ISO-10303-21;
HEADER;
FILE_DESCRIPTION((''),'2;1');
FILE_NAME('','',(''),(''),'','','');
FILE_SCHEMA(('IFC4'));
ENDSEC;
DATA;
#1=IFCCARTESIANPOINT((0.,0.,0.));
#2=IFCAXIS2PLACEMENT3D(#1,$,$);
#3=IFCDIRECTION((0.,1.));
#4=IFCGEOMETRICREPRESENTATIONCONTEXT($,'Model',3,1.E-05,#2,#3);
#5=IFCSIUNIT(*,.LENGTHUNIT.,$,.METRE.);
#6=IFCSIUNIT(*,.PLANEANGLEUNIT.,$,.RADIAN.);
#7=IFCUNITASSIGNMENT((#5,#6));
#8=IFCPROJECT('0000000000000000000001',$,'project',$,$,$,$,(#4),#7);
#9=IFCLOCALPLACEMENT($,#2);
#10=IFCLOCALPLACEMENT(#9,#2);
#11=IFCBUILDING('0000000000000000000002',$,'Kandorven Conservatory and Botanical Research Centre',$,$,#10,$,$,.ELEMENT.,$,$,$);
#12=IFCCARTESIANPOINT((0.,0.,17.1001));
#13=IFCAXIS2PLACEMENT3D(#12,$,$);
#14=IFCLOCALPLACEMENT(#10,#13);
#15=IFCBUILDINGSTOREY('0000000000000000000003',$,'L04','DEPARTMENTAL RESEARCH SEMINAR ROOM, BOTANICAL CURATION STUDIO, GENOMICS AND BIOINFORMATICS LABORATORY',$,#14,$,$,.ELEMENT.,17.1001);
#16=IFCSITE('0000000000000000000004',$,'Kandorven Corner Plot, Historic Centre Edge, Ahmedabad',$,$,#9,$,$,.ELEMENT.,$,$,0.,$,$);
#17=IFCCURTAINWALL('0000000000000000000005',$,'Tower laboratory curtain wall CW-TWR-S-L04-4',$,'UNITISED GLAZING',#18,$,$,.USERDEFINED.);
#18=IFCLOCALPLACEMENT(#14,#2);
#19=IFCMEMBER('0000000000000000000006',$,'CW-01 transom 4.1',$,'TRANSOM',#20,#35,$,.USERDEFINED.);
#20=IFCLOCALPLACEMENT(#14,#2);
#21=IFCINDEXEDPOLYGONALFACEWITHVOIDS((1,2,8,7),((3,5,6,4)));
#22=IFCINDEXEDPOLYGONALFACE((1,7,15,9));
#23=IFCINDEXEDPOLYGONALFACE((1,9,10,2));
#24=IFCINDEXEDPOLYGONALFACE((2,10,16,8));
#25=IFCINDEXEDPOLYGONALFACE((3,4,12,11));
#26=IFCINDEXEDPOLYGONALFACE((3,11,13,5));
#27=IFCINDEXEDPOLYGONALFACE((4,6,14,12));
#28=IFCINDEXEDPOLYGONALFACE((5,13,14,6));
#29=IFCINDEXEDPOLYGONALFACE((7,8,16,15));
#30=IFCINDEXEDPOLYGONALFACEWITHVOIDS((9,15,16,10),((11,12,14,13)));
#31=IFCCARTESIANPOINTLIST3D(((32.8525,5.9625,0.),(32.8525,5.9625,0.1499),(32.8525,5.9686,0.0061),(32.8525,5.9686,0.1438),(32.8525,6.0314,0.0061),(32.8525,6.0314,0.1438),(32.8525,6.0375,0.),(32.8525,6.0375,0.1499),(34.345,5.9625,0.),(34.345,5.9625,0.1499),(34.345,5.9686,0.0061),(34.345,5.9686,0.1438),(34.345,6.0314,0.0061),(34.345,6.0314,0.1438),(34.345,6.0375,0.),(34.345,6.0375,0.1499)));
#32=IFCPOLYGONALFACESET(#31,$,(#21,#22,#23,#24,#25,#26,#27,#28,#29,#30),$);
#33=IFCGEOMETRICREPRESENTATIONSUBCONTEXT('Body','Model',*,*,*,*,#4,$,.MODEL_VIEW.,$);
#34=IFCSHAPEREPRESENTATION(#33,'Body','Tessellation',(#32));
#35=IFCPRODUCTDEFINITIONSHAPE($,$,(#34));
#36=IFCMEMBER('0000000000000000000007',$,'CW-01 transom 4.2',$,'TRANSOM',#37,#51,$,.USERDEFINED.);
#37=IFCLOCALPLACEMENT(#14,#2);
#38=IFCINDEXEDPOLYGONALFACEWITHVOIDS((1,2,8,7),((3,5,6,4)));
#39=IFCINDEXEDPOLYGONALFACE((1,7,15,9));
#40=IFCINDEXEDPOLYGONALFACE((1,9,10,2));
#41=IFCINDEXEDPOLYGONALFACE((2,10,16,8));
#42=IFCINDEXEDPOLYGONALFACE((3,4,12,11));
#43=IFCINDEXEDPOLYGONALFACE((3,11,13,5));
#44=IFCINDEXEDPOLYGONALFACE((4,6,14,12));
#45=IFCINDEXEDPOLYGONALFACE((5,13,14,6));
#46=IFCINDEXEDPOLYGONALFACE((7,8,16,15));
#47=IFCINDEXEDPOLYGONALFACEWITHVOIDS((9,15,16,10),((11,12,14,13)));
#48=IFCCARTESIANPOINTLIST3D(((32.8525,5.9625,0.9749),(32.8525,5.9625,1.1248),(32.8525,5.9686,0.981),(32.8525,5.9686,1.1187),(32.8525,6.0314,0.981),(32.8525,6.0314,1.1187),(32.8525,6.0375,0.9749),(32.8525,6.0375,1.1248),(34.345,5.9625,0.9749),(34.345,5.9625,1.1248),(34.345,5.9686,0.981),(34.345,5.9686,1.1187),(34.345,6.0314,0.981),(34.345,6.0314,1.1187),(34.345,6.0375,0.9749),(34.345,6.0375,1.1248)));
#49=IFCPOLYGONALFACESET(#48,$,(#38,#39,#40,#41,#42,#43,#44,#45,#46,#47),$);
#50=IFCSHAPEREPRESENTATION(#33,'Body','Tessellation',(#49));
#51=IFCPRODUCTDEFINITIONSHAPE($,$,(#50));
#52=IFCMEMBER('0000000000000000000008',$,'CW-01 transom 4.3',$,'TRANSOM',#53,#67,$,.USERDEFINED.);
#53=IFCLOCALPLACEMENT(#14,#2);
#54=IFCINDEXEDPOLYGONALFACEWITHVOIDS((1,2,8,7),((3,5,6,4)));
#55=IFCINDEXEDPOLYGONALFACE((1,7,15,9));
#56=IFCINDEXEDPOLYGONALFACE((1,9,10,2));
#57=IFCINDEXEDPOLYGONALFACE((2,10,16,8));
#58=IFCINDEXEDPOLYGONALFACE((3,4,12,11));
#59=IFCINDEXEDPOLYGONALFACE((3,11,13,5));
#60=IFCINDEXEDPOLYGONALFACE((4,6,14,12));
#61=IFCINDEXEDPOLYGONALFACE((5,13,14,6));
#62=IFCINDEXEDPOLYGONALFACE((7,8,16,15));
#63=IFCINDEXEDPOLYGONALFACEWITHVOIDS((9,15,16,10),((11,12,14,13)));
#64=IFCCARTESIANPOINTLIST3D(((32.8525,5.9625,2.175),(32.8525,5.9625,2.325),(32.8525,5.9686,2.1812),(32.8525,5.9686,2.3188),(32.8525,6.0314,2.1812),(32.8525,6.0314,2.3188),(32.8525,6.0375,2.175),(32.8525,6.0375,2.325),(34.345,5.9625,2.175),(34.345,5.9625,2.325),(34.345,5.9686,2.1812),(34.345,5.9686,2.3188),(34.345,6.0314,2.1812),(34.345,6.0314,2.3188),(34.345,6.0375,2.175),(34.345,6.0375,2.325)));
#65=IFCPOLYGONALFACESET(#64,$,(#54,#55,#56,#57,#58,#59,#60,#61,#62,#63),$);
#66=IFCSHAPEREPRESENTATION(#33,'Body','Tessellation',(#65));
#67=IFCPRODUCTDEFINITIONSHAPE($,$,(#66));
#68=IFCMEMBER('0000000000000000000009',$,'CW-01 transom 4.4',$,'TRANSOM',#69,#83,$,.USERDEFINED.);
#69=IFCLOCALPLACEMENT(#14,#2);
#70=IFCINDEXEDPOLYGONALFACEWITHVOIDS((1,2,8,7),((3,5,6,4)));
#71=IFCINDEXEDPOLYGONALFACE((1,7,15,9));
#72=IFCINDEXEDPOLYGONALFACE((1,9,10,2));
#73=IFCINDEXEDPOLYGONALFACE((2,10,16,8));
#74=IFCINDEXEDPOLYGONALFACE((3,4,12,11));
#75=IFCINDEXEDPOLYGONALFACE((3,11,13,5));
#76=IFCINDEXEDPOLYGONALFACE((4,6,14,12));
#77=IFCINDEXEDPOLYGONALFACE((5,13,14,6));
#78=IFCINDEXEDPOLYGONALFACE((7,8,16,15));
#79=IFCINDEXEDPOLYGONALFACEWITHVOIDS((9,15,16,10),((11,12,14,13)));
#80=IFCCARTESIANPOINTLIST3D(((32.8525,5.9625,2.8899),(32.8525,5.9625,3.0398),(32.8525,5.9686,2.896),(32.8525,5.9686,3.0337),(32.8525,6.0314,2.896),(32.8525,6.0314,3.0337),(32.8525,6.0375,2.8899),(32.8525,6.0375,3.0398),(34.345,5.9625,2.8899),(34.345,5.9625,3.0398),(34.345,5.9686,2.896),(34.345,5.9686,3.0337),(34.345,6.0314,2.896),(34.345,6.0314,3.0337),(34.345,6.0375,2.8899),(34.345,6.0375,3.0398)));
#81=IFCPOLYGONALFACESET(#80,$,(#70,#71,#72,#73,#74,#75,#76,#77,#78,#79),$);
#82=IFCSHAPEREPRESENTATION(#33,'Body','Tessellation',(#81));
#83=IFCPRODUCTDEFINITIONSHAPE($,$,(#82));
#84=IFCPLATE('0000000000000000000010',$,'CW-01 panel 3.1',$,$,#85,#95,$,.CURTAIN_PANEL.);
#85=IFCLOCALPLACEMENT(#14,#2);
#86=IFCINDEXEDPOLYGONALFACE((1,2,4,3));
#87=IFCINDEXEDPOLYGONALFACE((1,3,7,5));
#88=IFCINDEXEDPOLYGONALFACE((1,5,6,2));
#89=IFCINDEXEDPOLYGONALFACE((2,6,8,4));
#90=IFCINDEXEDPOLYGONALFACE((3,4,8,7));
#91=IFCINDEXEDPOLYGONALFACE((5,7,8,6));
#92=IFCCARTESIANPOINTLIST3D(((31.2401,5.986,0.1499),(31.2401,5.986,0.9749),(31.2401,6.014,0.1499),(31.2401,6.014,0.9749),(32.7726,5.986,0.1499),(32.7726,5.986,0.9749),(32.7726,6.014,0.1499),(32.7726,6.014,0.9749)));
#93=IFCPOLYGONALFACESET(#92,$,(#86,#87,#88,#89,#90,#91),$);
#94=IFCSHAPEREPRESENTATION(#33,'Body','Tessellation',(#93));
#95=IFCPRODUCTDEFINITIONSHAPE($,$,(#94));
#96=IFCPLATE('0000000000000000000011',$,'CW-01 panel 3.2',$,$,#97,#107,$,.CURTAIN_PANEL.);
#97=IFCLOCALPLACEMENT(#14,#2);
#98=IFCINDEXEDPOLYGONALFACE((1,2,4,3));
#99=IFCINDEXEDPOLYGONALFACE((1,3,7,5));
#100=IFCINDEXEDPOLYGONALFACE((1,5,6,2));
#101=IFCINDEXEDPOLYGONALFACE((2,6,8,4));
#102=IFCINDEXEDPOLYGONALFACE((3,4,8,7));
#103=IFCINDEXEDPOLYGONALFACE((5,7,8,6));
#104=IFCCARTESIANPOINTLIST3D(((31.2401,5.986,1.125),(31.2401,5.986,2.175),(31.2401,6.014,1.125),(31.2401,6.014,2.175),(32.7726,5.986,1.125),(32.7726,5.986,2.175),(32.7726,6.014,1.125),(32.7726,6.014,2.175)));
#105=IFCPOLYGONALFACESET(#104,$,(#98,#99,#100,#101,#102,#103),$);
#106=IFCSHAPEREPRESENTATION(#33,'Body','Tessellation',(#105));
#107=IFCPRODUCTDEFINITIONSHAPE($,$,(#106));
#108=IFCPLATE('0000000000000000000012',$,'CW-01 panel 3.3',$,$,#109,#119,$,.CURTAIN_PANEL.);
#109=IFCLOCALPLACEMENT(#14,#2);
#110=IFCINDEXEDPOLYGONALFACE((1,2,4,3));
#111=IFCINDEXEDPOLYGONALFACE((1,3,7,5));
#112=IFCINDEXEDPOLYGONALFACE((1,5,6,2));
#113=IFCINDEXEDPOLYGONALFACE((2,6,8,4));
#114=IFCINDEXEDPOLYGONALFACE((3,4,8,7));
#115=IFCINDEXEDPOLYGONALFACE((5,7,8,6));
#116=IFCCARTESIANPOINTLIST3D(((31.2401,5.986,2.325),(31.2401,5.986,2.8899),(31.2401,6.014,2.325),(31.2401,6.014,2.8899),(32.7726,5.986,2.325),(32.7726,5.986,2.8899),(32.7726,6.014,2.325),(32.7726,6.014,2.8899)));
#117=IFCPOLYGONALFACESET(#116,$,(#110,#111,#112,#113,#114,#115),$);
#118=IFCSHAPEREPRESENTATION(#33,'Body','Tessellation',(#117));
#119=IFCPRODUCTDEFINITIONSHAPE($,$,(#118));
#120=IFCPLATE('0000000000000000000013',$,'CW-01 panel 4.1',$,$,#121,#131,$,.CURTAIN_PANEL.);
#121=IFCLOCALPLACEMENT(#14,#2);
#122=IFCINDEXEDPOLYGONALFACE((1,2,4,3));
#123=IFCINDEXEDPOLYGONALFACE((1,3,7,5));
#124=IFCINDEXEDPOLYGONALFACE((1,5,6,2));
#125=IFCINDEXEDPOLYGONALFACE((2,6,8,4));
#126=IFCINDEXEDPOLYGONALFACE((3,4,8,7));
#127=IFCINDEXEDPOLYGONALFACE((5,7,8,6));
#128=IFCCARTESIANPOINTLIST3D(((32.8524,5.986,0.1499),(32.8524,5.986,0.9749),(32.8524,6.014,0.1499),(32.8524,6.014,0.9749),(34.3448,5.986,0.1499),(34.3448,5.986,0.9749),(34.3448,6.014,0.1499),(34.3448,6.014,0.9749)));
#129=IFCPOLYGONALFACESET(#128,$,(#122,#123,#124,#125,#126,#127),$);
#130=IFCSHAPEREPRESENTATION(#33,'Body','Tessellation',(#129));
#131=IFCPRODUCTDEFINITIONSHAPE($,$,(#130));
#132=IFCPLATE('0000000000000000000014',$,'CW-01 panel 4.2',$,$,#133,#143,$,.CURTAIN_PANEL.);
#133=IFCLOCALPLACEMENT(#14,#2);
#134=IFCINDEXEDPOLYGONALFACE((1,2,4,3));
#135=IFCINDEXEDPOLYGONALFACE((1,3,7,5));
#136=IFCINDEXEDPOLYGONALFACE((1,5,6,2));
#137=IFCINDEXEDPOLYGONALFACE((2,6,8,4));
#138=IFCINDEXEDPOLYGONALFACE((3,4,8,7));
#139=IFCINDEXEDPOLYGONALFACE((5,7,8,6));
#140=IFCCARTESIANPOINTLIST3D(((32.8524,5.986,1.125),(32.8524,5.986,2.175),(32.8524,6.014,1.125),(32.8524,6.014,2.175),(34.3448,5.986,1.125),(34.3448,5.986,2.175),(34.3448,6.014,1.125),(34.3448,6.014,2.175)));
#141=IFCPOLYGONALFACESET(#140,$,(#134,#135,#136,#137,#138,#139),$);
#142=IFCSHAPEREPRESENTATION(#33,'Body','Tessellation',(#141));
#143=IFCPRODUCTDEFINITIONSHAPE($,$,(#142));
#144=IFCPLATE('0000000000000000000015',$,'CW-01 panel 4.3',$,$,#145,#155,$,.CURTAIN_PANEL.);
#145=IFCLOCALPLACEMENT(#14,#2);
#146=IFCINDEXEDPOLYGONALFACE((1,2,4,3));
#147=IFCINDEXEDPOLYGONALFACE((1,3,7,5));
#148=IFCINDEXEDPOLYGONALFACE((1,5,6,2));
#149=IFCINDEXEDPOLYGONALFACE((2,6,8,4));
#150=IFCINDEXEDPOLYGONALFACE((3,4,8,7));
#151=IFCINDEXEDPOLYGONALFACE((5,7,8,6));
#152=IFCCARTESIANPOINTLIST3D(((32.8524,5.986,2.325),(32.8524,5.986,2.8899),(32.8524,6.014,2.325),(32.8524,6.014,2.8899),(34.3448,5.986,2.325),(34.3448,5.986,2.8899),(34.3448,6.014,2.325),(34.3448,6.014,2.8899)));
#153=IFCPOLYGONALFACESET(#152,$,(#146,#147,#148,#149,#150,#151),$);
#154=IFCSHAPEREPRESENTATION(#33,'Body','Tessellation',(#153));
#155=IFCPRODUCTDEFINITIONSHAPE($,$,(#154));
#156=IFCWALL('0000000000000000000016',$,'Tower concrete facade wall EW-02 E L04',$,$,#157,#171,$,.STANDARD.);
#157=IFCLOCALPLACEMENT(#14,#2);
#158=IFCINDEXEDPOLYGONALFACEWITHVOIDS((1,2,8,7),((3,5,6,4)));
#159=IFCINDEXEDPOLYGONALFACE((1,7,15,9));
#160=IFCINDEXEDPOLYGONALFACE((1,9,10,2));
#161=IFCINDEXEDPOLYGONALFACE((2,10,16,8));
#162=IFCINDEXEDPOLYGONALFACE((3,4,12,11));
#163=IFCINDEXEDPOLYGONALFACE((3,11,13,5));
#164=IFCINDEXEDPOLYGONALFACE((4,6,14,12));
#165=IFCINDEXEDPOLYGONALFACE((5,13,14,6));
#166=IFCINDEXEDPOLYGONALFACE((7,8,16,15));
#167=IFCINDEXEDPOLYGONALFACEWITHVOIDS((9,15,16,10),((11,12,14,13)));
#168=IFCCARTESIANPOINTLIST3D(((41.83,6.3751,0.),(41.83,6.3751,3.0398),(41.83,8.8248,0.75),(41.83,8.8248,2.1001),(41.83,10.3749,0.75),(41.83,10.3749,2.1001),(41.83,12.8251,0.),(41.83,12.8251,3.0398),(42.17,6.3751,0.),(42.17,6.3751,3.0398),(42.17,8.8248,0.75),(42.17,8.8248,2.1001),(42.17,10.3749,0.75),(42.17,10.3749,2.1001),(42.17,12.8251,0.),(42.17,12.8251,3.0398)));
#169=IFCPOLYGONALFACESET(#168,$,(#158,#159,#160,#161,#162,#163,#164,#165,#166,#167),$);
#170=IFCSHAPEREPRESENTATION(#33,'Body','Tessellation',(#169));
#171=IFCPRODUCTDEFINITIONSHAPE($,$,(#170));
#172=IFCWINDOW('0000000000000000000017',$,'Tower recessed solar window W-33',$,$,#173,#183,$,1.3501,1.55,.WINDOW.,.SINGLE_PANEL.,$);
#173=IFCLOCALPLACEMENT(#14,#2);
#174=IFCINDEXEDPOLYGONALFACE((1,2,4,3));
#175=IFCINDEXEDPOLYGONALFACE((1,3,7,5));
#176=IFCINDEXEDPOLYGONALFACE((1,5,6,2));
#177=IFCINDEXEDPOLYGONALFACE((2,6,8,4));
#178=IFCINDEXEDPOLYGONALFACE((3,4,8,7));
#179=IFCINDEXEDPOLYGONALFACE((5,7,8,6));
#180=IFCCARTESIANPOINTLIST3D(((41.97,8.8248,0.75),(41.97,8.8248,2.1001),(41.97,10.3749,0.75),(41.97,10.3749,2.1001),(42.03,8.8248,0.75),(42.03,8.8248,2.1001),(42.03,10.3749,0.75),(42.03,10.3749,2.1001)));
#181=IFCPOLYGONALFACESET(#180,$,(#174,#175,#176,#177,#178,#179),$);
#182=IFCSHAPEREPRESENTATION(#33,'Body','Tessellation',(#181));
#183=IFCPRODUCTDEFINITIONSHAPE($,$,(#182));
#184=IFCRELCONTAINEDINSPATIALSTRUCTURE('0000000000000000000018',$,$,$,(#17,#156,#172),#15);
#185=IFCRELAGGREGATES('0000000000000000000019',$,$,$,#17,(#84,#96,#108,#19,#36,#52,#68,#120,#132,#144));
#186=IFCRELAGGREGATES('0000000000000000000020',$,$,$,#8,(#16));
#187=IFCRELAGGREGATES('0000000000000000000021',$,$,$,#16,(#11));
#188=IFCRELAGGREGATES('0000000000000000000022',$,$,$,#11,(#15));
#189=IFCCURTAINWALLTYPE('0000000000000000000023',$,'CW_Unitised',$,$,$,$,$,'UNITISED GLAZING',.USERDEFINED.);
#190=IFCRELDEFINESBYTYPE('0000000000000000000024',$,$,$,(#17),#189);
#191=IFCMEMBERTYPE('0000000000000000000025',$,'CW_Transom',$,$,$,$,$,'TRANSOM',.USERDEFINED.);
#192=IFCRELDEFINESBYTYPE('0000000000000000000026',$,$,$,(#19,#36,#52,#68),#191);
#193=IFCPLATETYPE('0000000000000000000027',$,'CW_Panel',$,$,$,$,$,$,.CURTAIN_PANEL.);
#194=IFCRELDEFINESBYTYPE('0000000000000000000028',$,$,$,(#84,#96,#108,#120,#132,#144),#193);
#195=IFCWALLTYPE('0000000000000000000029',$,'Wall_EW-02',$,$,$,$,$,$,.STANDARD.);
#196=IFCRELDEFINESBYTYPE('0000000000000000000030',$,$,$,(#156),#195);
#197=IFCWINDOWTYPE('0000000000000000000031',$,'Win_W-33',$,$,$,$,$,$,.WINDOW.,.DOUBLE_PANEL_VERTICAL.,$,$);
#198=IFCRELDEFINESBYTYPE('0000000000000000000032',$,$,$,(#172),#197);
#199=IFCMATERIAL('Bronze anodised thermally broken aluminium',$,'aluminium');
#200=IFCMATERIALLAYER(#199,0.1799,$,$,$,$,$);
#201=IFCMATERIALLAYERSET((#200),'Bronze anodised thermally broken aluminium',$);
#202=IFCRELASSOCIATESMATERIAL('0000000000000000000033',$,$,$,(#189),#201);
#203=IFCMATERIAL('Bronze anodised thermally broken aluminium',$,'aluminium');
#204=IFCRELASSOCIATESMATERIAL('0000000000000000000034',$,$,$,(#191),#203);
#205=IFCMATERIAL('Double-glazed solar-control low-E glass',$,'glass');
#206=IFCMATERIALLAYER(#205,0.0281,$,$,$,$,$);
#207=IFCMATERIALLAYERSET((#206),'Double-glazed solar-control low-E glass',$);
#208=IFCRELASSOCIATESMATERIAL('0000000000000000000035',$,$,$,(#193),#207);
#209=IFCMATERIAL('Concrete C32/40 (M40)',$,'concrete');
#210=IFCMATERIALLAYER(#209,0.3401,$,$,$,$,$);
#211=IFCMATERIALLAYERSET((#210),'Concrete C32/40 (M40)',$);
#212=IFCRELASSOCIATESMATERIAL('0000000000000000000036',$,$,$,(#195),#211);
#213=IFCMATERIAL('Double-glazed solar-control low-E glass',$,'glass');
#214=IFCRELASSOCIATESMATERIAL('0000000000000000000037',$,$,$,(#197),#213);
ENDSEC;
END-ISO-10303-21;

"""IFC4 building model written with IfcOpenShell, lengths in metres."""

from ifc_helpers import new_model, si_unit, direction, frame, frame_2d, origin, origin_2d, place, context, subcontext, project, spatial, rectangle, hollow_rectangle, extrude, material, layer, layer_set, material_profile, profile_set, type_object, element, fill, aggregate, save


model = new_model("IFC4")

# Units and contexts
model_context = context("Model", 3, precision=1e-05, world=origin(), true_north=direction((0.0, 1.0)))
body_context = subcontext(model_context, "Body", "Model", "MODEL_VIEW")
ifc_project = project(units=[si_unit("LENGTHUNIT", "METRE"), si_unit("PLANEANGLEUNIT", "RADIAN")], contexts=[model_context])

# Site, building, storey
site_placement = place(None, origin())
site = spatial("IfcSite", under=ifc_project, at=site_placement, Name="Kandorven Corner Plot, Historic Centre Edge, Ahmedabad", CompositionType="ELEMENT", RefElevation=0.0)
building_placement = place(site_placement, origin())
building = spatial("IfcBuilding", under=site, at=building_placement, Name="Kandorven Conservatory and Botanical Research Centre", CompositionType="ELEMENT")
storey_placement = place(building_placement, frame((0.0, 0.0, 17.1001)))
storey = spatial("IfcBuildingStorey", under=building, at=storey_placement, Name="L04", Description="DEPARTMENTAL RESEARCH SEMINAR ROOM, BOTANICAL CURATION STUDIO, GENOMICS AND BIOINFORMATICS LABORATORY", CompositionType="ELEMENT", Elevation=17.1001)

# Curtain wall
ifc_material_1 = material(Name="Bronze anodised thermally broken aluminium", Category="aluminium")
ifc_layer_1 = layer(ifc_material_1, 0.1799)
ifc_layer_set_1 = layer_set([ifc_layer_1], Name="Bronze anodised thermally broken aluminium")
curtain_wall_type = type_object("IfcCurtainWallType", Name="CW_Unitised", ElementType="UNITISED GLAZING", PredefinedType="USERDEFINED", material=ifc_layer_set_1)
curtain_wall_1_placement = place(storey_placement, origin())
curtain_wall_1 = element("IfcCurtainWall", 1, at=curtain_wall_1_placement, inside=storey, type_object=curtain_wall_type, Name="Tower laboratory curtain wall CW-TWR-S-L04-4", ObjectType="UNITISED GLAZING", PredefinedType="USERDEFINED")

# Members
ifc_material_2 = material(Name="Bronze anodised thermally broken aluminium", Category="aluminium")
ifc_material_profile_1 = material_profile(ifc_material_2, hollow_rectangle(XDim=0.075, YDim=0.1499, WallThickness=0.0061, at=origin_2d()))
ifc_profile_set_1 = profile_set([ifc_material_profile_1], Name="Bronze anodised thermally broken aluminium")
member_type_1 = type_object("IfcMemberType", Name="CW_Transom", ElementType="TRANSOM", PredefinedType="USERDEFINED", material=ifc_profile_set_1)
member_1_placement = place(storey_placement, frame((32.8525, 6.0, 0.075), z_axis=(1.0, 0.0, 0.0), x_axis=(0.0, 1.0, 0.0)))
member_1 = element("IfcMember", 2, at=member_1_placement, type_object=member_type_1, Name="CW-01 transom 4.1", ObjectType="TRANSOM", PredefinedType="USERDEFINED", context=body_context, shape_type="SweptSolid", body=[
    extrude(hollow_rectangle(XDim=0.075, YDim=0.1499, WallThickness=0.0061, at=origin_2d()), origin(), (0.0, 0.0, 1.0), 1.4924),
])
member_2_placement = place(storey_placement, frame((32.8525, 6.0, 1.0498), z_axis=(1.0, 0.0, 0.0), x_axis=(0.0, 1.0, 0.0)))
member_2 = element("IfcMember", 3, at=member_2_placement, type_object=member_type_1, Name="CW-01 transom 4.2", ObjectType="TRANSOM", PredefinedType="USERDEFINED", context=body_context, shape_type="SweptSolid", body=[
    extrude(hollow_rectangle(XDim=0.075, YDim=0.1499, WallThickness=0.0061, at=origin_2d()), origin(), (0.0, 0.0, 1.0), 1.4924),
])
member_3_placement = place(storey_placement, frame((32.8525, 6.0, 2.25), z_axis=(1.0, 0.0, 0.0), x_axis=(0.0, 1.0, 0.0)))
member_3 = element("IfcMember", 4, at=member_3_placement, type_object=member_type_1, Name="CW-01 transom 4.3", ObjectType="TRANSOM", PredefinedType="USERDEFINED", context=body_context, shape_type="SweptSolid", body=[
    extrude(hollow_rectangle(XDim=0.075, YDim=0.1499, WallThickness=0.0061, at=origin_2d()), origin(), (0.0, 0.0, 1.0), 1.4924),
])
member_4_placement = place(storey_placement, frame((32.8525, 6.0, 2.9648), z_axis=(1.0, 0.0, 0.0), x_axis=(0.0, 1.0, 0.0)))
member_4 = element("IfcMember", 5, at=member_4_placement, type_object=member_type_1, Name="CW-01 transom 4.4", ObjectType="TRANSOM", PredefinedType="USERDEFINED", context=body_context, shape_type="SweptSolid", body=[
    extrude(hollow_rectangle(XDim=0.075, YDim=0.1499, WallThickness=0.0061, at=origin_2d()), origin(), (0.0, 0.0, 1.0), 1.4924),
])

# Plates
ifc_material_3 = material(Name="Double-glazed solar-control low-E glass", Category="glass")
ifc_layer_2 = layer(ifc_material_3, 0.0281)
ifc_layer_set_2 = layer_set([ifc_layer_2], Name="Double-glazed solar-control low-E glass")
plate_type = type_object("IfcPlateType", Name="CW_Panel", PredefinedType="CURTAIN_PANEL", material=ifc_layer_set_2)
plate_1_placement = place(storey_placement, frame((32.0063, 6.0, 0.1499), z_axis=(0.0, 0.0, 1.0), x_axis=(1.0, 0.0, 0.0)))
plate_1 = element("IfcPlate", 6, at=plate_1_placement, type_object=plate_type, Name="CW-01 panel 3.1", PredefinedType="CURTAIN_PANEL", context=body_context, shape_type="SweptSolid", body=[
    extrude(rectangle(XDim=1.5325, YDim=0.0281, at=origin_2d()), origin(), (0.0, 0.0, 1.0), 0.825),
])
plate_2_placement = place(storey_placement, frame((32.0063, 6.0, 1.125), z_axis=(0.0, 0.0, 1.0), x_axis=(1.0, 0.0, 0.0)))
plate_2 = element("IfcPlate", 7, at=plate_2_placement, type_object=plate_type, Name="CW-01 panel 3.2", PredefinedType="CURTAIN_PANEL", context=body_context, shape_type="SweptSolid", body=[
    extrude(rectangle(XDim=1.5325, YDim=0.0281, at=origin_2d()), origin(), (0.0, 0.0, 1.0), 1.05),
])
plate_3_placement = place(storey_placement, frame((32.0063, 6.0, 2.325), z_axis=(0.0, 0.0, 1.0), x_axis=(1.0, 0.0, 0.0)))
plate_3 = element("IfcPlate", 8, at=plate_3_placement, type_object=plate_type, Name="CW-01 panel 3.3", PredefinedType="CURTAIN_PANEL", context=body_context, shape_type="SweptSolid", body=[
    extrude(rectangle(XDim=1.5325, YDim=0.0281, at=origin_2d()), origin(), (0.0, 0.0, 1.0), 0.5649),
])
plate_4_placement = place(storey_placement, frame((33.5986, 6.0, 0.1499), z_axis=(0.0, 0.0, 1.0), x_axis=(1.0, 0.0, 0.0)))
plate_4 = element("IfcPlate", 9, at=plate_4_placement, type_object=plate_type, Name="CW-01 panel 4.1", PredefinedType="CURTAIN_PANEL", context=body_context, shape_type="SweptSolid", body=[
    extrude(rectangle(XDim=1.4924, YDim=0.0281, at=origin_2d()), origin(), (0.0, 0.0, 1.0), 0.825),
])
plate_5_placement = place(storey_placement, frame((33.5986, 6.0, 1.125), z_axis=(0.0, 0.0, 1.0), x_axis=(1.0, 0.0, 0.0)))
plate_5 = element("IfcPlate", 10, at=plate_5_placement, type_object=plate_type, Name="CW-01 panel 4.2", PredefinedType="CURTAIN_PANEL", context=body_context, shape_type="SweptSolid", body=[
    extrude(rectangle(XDim=1.4924, YDim=0.0281, at=origin_2d()), origin(), (0.0, 0.0, 1.0), 1.05),
])
plate_6_placement = place(storey_placement, frame((33.5986, 6.0, 2.325), z_axis=(0.0, 0.0, 1.0), x_axis=(1.0, 0.0, 0.0)))
plate_6 = element("IfcPlate", 11, at=plate_6_placement, type_object=plate_type, Name="CW-01 panel 4.3", PredefinedType="CURTAIN_PANEL", context=body_context, shape_type="SweptSolid", body=[
    extrude(rectangle(XDim=1.4924, YDim=0.0281, at=origin_2d()), origin(), (0.0, 0.0, 1.0), 0.5649),
])
aggregate(curtain_wall_1, [plate_1, plate_2, plate_3, member_1, member_2, member_3, member_4, plate_4, plate_5, plate_6])

# Wall, opening, window
ifc_material_4 = material(Name="Concrete C32/40 (M40)", Category="concrete")
ifc_layer_3 = layer(ifc_material_4, 0.3401)
ifc_layer_set_3 = layer_set([ifc_layer_3], Name="Concrete C32/40 (M40)")
wall_type_1 = type_object("IfcWallType", Name="Wall_EW-02", PredefinedType="STANDARD", material=ifc_layer_set_3)
wall_1_placement = place(storey_placement, frame((42.0, 6.375, 0.0), z_axis=(0.0, 0.0, 1.0), x_axis=(0.0, 1.0, 0.0)))
wall_1 = element("IfcWall", 12, at=wall_1_placement, inside=storey, type_object=wall_type_1, Name="Tower concrete facade wall EW-02 E L04", PredefinedType="STANDARD", context=body_context, shape_type="SweptSolid", body=[
    extrude(rectangle(XDim=6.45, YDim=0.3401, at=frame_2d((3.2251, 0.0))), origin(), (0.0, 0.0, 1.0), 3.0398),
])
opening_1_placement = place(wall_1_placement, frame((2.45, 0.0, 0.75)))
opening_1 = element("IfcOpeningElement", 13, at=opening_1_placement, cuts=wall_1, PredefinedType="OPENING", context=body_context, shape_type="SweptSolid", body=[
    extrude(rectangle(XDim=1.55, YDim=1.3501, at=frame_2d((0.7749, 0.675))), frame((0.0, 0.1799, 0.0), z_axis=(0.0, -1.0, 0.0), x_axis=(1.0, 0.0, 0.0)), (0.0, 0.0, 1.0), 0.3601),
])
ifc_material_5 = material(Name="Double-glazed solar-control low-E glass", Category="glass")
window_type_1 = type_object("IfcWindowType", Name="Win_W-33", PartitioningType="DOUBLE_PANEL_VERTICAL", PredefinedType="WINDOW", material=ifc_material_5)
window_1_placement = place(opening_1_placement, origin())
window_1 = element("IfcWindow", 14, at=window_1_placement, inside=storey, type_object=window_type_1, Name="Tower recessed solar window W-33", OverallHeight=1.3501, OverallWidth=1.55, PartitioningType="SINGLE_PANEL", PredefinedType="WINDOW", context=body_context, shape_type="SweptSolid", body=[
    extrude(rectangle(XDim=1.55, YDim=1.3501, at=frame_2d((0.7749, 0.675))), frame((0.0, 0.03, 0.0), z_axis=(0.0, -1.0, 0.0), x_axis=(1.0, 0.0, 0.0)), (0.0, 0.0, 1.0), 0.0601),
])
fill(opening_1, window_1)

save(model, "model.ifc")
